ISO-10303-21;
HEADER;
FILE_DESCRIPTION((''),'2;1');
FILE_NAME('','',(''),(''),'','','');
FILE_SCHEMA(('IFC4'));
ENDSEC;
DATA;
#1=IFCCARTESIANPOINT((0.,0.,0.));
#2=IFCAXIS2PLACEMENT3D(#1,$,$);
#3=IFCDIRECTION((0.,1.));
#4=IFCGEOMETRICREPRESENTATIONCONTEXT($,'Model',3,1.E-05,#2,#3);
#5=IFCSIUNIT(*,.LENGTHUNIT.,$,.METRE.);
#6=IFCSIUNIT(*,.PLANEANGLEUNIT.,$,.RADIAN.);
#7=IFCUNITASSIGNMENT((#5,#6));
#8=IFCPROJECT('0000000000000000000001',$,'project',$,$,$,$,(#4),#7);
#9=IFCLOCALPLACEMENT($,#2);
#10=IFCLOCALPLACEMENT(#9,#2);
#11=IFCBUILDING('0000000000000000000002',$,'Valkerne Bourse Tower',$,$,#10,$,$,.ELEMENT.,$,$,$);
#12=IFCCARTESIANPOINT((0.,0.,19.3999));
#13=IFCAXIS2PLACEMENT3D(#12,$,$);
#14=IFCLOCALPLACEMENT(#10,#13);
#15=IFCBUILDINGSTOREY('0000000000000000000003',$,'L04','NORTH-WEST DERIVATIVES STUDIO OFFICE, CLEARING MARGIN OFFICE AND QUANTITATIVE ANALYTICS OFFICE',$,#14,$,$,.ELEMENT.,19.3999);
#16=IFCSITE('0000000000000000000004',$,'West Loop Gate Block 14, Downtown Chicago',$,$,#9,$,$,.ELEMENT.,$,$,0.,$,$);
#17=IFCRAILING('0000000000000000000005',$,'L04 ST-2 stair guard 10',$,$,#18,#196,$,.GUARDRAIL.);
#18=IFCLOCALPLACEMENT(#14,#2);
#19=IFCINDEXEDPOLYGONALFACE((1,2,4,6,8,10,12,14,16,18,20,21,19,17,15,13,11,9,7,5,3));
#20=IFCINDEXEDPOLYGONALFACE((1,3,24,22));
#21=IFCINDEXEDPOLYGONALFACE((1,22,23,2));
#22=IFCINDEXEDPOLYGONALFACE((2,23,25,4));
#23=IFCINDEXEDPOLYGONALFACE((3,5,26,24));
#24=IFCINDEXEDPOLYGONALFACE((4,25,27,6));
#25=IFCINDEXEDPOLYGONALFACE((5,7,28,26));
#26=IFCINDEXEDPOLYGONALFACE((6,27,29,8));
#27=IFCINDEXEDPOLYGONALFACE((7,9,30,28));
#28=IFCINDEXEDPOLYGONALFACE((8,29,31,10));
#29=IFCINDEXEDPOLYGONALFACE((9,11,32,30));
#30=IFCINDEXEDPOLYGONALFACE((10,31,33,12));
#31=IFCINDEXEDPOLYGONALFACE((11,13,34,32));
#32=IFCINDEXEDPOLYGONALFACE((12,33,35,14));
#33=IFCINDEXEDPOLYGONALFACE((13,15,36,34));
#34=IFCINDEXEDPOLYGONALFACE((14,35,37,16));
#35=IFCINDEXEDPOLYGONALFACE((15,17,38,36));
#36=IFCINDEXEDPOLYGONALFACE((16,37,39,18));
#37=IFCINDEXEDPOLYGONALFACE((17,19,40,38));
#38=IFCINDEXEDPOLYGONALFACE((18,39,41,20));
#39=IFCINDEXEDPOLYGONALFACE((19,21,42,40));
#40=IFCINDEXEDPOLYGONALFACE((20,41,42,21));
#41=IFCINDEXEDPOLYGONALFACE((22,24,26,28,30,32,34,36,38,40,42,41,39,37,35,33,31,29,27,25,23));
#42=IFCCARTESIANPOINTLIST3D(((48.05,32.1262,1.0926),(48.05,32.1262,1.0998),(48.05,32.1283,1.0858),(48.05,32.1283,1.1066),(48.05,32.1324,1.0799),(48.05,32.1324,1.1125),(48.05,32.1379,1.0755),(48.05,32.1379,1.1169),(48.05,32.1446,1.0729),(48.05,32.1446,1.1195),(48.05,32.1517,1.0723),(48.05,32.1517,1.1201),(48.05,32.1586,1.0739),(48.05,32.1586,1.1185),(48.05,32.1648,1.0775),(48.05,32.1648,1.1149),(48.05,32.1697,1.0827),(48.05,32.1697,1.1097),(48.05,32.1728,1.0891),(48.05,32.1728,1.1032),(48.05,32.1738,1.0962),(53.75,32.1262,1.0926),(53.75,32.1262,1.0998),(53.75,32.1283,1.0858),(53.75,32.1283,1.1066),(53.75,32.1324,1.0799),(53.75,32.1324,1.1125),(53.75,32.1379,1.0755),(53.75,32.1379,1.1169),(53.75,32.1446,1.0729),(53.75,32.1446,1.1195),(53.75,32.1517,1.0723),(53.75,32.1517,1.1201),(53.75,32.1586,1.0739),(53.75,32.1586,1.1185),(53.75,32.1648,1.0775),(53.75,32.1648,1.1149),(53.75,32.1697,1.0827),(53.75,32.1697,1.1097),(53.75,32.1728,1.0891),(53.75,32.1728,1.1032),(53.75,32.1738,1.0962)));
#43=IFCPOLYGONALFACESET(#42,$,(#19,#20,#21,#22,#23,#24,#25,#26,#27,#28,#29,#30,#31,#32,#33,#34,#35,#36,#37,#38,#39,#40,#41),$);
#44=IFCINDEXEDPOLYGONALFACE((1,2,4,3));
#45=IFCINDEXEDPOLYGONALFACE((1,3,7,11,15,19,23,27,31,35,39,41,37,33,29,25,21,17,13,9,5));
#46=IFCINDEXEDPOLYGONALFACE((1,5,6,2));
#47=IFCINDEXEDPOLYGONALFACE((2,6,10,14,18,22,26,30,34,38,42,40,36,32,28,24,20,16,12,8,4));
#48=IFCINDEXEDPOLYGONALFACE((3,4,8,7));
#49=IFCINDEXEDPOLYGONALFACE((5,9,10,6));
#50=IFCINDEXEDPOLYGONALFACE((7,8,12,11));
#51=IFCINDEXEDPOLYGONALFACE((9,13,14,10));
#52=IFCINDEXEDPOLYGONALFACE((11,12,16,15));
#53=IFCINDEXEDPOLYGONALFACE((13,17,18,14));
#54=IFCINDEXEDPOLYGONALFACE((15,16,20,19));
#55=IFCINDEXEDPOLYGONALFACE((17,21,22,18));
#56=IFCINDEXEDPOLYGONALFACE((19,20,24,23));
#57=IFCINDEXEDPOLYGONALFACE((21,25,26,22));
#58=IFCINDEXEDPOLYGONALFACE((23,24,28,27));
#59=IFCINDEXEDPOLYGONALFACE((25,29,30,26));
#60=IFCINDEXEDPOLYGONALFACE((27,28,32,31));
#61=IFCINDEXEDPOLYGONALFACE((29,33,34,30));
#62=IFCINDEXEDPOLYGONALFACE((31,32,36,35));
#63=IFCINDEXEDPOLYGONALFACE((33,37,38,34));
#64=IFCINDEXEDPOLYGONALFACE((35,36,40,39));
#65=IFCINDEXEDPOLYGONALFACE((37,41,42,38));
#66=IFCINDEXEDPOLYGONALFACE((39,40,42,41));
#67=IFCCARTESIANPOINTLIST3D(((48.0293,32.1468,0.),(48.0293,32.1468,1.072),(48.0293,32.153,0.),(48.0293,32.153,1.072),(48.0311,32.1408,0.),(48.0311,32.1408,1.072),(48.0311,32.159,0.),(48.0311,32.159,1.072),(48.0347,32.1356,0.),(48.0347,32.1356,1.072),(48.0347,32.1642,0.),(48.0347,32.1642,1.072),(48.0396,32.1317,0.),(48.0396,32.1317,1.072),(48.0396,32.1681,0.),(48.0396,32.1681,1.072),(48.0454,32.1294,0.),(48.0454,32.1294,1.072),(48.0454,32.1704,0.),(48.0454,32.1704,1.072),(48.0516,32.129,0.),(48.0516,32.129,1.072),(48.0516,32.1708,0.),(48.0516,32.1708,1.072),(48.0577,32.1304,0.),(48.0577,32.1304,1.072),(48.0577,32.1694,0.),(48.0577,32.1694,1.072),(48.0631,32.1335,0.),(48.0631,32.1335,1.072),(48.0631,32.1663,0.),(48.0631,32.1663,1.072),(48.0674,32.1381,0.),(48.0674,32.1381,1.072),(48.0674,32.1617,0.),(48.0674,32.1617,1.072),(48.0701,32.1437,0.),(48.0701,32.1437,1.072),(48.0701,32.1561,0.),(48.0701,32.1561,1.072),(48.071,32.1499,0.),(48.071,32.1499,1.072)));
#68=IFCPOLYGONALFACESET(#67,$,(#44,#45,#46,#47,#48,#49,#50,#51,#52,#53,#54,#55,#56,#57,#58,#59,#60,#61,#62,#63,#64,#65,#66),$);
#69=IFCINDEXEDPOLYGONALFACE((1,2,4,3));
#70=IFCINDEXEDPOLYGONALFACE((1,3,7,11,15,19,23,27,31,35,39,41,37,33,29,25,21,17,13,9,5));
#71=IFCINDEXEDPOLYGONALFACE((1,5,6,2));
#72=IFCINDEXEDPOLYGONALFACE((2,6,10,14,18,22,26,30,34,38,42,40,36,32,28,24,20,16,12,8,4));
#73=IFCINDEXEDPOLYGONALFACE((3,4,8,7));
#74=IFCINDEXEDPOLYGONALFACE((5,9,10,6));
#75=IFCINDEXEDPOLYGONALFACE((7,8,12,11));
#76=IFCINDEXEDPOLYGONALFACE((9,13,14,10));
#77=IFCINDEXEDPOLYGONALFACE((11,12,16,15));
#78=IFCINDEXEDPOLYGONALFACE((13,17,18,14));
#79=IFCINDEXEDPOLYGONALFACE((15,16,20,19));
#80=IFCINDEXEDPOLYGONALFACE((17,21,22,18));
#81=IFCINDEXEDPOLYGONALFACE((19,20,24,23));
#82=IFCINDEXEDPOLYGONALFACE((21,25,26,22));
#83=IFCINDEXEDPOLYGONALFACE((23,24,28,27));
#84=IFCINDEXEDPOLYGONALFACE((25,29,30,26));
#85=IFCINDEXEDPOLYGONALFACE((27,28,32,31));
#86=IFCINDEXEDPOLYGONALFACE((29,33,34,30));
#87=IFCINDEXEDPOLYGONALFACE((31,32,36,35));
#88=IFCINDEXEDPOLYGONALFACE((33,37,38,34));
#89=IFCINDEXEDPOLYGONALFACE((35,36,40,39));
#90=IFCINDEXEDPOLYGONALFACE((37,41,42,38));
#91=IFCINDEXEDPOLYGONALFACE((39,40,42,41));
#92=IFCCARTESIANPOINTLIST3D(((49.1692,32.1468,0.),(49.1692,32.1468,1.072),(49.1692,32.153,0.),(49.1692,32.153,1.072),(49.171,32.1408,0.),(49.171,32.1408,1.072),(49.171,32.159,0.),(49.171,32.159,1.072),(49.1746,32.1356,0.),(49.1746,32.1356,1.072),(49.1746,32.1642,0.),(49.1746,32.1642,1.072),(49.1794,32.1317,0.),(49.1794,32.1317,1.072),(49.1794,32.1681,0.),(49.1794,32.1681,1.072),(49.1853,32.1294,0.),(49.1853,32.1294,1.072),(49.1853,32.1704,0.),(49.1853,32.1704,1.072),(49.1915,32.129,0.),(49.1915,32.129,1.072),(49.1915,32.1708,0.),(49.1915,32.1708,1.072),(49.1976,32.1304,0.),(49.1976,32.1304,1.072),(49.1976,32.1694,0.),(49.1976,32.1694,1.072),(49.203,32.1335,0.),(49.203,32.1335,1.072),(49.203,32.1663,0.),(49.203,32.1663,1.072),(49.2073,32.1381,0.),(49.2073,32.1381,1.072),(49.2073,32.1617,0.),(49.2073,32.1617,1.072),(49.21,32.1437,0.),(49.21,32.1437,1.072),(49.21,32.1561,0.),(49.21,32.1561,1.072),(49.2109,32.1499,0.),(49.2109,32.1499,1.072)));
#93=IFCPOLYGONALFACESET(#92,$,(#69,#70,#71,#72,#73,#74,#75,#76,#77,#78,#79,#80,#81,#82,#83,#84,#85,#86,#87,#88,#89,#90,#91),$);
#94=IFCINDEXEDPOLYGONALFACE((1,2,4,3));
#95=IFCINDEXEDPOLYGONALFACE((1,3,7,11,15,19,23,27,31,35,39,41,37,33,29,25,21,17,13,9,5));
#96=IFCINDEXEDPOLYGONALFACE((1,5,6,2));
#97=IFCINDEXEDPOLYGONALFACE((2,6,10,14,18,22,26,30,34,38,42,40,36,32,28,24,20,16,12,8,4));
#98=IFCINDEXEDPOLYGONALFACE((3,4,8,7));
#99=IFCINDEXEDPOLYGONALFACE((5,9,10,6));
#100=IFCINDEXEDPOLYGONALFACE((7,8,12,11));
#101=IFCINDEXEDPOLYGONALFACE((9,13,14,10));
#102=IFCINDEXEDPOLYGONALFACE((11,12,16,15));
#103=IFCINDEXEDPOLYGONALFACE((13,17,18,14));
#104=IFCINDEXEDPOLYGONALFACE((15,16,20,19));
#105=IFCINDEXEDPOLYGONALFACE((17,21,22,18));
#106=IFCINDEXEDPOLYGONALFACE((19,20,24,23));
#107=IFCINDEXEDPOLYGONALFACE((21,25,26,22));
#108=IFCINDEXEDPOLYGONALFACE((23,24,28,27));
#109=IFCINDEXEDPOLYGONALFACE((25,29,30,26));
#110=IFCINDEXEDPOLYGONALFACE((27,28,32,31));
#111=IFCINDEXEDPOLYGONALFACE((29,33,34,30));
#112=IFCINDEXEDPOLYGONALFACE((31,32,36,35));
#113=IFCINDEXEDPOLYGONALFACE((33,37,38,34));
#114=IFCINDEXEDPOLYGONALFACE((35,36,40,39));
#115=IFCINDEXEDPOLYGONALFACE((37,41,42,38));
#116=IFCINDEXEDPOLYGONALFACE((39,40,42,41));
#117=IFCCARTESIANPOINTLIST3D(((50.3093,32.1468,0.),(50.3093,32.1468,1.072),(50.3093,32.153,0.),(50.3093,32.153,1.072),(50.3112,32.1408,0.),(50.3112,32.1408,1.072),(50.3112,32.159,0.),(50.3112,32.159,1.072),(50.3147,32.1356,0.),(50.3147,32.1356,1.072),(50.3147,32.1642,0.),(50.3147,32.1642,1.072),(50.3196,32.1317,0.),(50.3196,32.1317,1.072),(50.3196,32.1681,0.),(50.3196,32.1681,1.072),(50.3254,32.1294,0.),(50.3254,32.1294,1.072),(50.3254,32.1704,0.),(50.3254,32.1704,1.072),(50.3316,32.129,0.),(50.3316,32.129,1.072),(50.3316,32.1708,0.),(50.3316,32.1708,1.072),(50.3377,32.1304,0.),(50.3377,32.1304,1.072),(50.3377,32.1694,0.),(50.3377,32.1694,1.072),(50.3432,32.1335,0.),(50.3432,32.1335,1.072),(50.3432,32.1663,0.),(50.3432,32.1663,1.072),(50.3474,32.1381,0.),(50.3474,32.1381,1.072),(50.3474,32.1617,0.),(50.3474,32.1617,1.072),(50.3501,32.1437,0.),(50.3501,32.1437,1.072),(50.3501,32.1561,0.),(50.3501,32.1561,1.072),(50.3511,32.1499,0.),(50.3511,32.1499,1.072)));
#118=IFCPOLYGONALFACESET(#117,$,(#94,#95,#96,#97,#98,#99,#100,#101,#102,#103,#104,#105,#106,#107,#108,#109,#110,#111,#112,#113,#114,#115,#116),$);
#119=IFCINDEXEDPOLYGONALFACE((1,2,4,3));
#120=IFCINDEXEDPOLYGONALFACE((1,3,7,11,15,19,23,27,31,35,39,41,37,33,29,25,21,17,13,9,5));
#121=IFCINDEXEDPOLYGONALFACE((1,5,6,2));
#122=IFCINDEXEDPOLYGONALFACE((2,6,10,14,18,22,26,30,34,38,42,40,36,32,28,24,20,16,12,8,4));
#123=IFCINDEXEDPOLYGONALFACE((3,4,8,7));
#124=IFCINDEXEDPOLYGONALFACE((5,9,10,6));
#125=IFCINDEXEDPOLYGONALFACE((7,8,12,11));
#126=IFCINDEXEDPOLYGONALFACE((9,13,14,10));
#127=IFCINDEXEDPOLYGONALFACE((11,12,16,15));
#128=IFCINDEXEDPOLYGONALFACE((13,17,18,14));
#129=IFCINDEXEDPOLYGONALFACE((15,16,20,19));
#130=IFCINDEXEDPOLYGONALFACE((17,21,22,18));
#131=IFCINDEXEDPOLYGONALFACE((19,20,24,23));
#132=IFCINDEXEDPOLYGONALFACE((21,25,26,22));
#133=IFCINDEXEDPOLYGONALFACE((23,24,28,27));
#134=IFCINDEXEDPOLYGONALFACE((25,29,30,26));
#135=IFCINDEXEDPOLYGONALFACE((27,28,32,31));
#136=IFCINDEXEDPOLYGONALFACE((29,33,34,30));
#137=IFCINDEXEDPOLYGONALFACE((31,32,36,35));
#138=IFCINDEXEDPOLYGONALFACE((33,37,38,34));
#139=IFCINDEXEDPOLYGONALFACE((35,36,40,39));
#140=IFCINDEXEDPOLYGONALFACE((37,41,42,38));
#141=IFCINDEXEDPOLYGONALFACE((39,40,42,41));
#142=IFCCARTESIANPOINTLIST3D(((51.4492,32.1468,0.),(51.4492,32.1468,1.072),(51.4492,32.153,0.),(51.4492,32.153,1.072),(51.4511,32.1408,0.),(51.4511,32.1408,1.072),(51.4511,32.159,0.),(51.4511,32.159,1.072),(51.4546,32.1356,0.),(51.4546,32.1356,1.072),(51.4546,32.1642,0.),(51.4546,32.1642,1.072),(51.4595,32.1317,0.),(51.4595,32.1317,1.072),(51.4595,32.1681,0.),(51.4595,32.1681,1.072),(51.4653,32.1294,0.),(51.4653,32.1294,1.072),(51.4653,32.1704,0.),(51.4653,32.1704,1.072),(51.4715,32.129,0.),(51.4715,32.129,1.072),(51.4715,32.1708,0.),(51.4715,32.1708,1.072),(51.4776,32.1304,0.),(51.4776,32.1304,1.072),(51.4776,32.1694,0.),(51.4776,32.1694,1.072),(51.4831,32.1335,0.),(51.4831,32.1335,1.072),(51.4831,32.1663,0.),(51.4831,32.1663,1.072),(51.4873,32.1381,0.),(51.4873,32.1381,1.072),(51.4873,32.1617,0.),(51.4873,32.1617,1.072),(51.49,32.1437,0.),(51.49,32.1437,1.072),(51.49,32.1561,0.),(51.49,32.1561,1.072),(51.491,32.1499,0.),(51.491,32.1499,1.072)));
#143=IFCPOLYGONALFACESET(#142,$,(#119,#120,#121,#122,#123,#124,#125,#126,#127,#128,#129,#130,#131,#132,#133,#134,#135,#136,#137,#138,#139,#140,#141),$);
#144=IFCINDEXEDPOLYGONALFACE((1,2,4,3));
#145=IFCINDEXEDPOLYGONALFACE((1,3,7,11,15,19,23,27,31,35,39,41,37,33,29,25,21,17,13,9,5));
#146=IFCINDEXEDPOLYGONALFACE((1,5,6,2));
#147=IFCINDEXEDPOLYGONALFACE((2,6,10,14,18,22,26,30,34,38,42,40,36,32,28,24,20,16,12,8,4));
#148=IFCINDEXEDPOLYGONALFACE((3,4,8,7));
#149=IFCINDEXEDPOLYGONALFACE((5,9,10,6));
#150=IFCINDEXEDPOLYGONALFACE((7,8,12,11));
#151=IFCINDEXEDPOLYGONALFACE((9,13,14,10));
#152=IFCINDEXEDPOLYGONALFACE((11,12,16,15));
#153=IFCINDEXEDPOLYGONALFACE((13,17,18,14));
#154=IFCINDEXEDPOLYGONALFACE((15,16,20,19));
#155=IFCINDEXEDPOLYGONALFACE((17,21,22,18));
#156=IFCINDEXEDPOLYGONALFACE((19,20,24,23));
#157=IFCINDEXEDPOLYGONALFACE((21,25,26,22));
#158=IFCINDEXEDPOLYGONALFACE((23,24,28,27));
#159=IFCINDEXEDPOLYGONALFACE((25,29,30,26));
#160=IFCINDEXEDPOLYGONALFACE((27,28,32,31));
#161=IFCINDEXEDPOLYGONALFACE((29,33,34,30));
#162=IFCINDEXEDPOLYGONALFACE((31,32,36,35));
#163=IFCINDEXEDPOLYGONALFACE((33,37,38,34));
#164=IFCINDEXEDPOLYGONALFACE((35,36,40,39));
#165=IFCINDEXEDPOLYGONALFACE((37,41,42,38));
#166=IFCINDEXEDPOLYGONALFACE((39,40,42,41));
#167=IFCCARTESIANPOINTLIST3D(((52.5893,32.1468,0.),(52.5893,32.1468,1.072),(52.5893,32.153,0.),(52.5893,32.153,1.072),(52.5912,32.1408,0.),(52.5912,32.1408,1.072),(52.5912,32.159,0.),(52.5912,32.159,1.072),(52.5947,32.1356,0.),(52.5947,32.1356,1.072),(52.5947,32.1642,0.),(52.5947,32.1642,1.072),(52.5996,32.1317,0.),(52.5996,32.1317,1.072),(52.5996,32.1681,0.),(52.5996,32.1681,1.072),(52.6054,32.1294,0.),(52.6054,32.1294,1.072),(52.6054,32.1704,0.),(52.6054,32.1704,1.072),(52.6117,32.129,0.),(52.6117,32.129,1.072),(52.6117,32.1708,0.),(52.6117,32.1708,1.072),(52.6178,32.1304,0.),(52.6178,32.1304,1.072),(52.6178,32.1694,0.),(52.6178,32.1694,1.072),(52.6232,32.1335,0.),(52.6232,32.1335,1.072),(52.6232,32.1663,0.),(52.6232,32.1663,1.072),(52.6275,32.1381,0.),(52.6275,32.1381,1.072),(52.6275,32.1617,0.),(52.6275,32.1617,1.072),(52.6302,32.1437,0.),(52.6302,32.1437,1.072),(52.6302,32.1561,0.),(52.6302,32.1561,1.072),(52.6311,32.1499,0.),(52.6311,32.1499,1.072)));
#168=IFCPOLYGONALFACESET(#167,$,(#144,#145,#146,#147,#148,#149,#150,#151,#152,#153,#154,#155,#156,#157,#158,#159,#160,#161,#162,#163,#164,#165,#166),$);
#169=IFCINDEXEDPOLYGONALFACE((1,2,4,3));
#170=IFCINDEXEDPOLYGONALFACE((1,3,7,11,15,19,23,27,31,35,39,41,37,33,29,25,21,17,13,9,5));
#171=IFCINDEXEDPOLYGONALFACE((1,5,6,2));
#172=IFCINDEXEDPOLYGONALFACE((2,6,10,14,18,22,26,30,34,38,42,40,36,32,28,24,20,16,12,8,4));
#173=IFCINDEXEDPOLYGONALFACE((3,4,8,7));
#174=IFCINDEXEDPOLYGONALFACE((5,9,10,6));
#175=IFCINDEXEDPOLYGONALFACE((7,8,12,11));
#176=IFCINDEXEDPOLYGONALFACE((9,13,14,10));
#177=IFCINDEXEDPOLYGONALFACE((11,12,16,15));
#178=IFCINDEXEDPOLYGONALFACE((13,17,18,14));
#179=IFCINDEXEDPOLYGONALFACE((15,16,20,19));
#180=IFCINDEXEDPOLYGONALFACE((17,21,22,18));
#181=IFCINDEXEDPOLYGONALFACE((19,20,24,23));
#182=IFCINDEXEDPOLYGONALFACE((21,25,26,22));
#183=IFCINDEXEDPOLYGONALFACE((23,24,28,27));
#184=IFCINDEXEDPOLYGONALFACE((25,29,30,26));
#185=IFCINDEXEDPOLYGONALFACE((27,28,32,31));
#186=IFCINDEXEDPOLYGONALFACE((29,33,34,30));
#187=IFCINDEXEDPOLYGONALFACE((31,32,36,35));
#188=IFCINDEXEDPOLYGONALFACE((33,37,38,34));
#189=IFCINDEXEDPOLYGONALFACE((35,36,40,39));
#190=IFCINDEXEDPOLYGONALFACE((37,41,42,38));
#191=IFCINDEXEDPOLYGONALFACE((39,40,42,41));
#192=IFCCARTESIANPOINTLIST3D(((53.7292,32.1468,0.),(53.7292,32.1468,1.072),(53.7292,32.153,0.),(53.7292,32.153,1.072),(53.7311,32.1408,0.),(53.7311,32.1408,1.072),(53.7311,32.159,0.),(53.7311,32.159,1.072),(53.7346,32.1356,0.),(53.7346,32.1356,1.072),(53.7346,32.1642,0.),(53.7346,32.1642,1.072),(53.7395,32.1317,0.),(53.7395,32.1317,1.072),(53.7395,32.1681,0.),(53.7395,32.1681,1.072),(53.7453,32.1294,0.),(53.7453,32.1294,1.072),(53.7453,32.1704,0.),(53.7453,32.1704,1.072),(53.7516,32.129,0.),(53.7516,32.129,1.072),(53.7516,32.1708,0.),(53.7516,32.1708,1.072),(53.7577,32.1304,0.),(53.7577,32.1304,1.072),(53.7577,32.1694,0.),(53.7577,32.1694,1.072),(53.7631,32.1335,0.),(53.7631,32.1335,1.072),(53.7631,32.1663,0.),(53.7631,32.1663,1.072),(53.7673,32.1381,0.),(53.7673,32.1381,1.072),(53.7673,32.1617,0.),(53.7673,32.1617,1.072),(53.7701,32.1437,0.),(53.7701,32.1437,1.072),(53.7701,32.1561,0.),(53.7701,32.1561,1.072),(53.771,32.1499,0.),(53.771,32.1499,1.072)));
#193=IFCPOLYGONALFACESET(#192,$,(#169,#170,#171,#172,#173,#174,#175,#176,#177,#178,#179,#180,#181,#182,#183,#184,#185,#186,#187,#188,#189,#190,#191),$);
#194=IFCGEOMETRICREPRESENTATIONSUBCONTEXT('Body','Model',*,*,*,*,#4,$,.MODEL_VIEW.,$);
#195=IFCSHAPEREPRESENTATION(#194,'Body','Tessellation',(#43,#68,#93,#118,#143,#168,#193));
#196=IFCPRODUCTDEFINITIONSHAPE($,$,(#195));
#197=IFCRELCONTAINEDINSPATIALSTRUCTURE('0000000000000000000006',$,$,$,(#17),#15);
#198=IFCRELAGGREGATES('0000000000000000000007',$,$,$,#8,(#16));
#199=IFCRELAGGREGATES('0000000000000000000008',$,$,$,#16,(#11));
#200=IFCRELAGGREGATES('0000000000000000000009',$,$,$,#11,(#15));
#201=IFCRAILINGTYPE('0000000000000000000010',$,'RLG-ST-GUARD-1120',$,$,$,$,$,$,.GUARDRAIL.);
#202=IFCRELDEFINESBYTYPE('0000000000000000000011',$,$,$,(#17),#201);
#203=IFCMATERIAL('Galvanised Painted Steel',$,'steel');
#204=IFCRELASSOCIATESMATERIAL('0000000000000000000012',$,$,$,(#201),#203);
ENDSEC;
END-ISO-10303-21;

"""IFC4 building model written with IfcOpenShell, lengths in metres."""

from ifc_helpers import new_model, si_unit, direction, frame, origin, origin_2d, place, context, subcontext, project, spatial, circle, extrude, material, type_object, element, save


model = new_model("IFC4")

# Units and contexts
model_context = context("Model", 3, precision=1e-05, world=origin(), true_north=direction((0.0, 1.0)))
body_context = subcontext(model_context, "Body", "Model", "MODEL_VIEW")
ifc_project = project(units=[si_unit("LENGTHUNIT", "METRE"), si_unit("PLANEANGLEUNIT", "RADIAN")], contexts=[model_context])

# Site, building, storey
site_placement = place(None, origin())
site = spatial("IfcSite", under=ifc_project, at=site_placement, Name="West Loop Gate Block 14, Downtown Chicago", CompositionType="ELEMENT", RefElevation=0.0)
building_placement = place(site_placement, origin())
building = spatial("IfcBuilding", under=site, at=building_placement, Name="Valkerne Bourse Tower", CompositionType="ELEMENT")
storey_placement = place(building_placement, frame((0.0, 0.0, 19.3999)))
storey = spatial("IfcBuildingStorey", under=building, at=storey_placement, Name="L04", Description="NORTH-WEST DERIVATIVES STUDIO OFFICE, CLEARING MARGIN OFFICE AND QUANTITATIVE ANALYTICS OFFICE", CompositionType="ELEMENT", Elevation=19.3999)

# Shared definitions
ifc_material_1 = material(Name="Galvanised Painted Steel", Category="steel")

# Railing
railing_type_1 = type_object("IfcRailingType", Name="RLG-ST-GUARD-1120", PredefinedType="GUARDRAIL", material=ifc_material_1)
railing_1_placement = place(storey_placement, frame((48.05, 32.1499, 0.0)))
element("IfcRailing", 1, at=railing_1_placement, inside=storey, type_object=railing_type_1, Name="L04 ST-2 stair guard 10", PredefinedType="GUARDRAIL", context=body_context, shape_type="SweptSolid", body=[
    extrude(circle(Radius=0.0239, at=origin_2d()), frame((0.0, 0.0, 1.0962), z_axis=(1.0, 0.0, 0.0), x_axis=(0.0, 1.0, 0.0)), (0.0, 0.0, 1.0), 5.7),
    extrude(circle(Radius=0.021, at=origin_2d()), origin(), (0.0, 0.0, 1.0), 1.072),
    extrude(circle(Radius=0.021, at=origin_2d()), frame((1.1399, 0.0, 0.0)), (0.0, 0.0, 1.0), 1.072),
    extrude(circle(Radius=0.021, at=origin_2d()), frame((2.28, 0.0, 0.0)), (0.0, 0.0, 1.0), 1.072),
    extrude(circle(Radius=0.021, at=origin_2d()), frame((3.4199, 0.0, 0.0)), (0.0, 0.0, 1.0), 1.072),
    extrude(circle(Radius=0.021, at=origin_2d()), frame((4.5601, 0.0, 0.0)), (0.0, 0.0, 1.0), 1.072),
    extrude(circle(Radius=0.021, at=origin_2d()), frame((5.7, 0.0, 0.0)), (0.0, 0.0, 1.0), 1.072),
])

save(model, "model.ifc")
